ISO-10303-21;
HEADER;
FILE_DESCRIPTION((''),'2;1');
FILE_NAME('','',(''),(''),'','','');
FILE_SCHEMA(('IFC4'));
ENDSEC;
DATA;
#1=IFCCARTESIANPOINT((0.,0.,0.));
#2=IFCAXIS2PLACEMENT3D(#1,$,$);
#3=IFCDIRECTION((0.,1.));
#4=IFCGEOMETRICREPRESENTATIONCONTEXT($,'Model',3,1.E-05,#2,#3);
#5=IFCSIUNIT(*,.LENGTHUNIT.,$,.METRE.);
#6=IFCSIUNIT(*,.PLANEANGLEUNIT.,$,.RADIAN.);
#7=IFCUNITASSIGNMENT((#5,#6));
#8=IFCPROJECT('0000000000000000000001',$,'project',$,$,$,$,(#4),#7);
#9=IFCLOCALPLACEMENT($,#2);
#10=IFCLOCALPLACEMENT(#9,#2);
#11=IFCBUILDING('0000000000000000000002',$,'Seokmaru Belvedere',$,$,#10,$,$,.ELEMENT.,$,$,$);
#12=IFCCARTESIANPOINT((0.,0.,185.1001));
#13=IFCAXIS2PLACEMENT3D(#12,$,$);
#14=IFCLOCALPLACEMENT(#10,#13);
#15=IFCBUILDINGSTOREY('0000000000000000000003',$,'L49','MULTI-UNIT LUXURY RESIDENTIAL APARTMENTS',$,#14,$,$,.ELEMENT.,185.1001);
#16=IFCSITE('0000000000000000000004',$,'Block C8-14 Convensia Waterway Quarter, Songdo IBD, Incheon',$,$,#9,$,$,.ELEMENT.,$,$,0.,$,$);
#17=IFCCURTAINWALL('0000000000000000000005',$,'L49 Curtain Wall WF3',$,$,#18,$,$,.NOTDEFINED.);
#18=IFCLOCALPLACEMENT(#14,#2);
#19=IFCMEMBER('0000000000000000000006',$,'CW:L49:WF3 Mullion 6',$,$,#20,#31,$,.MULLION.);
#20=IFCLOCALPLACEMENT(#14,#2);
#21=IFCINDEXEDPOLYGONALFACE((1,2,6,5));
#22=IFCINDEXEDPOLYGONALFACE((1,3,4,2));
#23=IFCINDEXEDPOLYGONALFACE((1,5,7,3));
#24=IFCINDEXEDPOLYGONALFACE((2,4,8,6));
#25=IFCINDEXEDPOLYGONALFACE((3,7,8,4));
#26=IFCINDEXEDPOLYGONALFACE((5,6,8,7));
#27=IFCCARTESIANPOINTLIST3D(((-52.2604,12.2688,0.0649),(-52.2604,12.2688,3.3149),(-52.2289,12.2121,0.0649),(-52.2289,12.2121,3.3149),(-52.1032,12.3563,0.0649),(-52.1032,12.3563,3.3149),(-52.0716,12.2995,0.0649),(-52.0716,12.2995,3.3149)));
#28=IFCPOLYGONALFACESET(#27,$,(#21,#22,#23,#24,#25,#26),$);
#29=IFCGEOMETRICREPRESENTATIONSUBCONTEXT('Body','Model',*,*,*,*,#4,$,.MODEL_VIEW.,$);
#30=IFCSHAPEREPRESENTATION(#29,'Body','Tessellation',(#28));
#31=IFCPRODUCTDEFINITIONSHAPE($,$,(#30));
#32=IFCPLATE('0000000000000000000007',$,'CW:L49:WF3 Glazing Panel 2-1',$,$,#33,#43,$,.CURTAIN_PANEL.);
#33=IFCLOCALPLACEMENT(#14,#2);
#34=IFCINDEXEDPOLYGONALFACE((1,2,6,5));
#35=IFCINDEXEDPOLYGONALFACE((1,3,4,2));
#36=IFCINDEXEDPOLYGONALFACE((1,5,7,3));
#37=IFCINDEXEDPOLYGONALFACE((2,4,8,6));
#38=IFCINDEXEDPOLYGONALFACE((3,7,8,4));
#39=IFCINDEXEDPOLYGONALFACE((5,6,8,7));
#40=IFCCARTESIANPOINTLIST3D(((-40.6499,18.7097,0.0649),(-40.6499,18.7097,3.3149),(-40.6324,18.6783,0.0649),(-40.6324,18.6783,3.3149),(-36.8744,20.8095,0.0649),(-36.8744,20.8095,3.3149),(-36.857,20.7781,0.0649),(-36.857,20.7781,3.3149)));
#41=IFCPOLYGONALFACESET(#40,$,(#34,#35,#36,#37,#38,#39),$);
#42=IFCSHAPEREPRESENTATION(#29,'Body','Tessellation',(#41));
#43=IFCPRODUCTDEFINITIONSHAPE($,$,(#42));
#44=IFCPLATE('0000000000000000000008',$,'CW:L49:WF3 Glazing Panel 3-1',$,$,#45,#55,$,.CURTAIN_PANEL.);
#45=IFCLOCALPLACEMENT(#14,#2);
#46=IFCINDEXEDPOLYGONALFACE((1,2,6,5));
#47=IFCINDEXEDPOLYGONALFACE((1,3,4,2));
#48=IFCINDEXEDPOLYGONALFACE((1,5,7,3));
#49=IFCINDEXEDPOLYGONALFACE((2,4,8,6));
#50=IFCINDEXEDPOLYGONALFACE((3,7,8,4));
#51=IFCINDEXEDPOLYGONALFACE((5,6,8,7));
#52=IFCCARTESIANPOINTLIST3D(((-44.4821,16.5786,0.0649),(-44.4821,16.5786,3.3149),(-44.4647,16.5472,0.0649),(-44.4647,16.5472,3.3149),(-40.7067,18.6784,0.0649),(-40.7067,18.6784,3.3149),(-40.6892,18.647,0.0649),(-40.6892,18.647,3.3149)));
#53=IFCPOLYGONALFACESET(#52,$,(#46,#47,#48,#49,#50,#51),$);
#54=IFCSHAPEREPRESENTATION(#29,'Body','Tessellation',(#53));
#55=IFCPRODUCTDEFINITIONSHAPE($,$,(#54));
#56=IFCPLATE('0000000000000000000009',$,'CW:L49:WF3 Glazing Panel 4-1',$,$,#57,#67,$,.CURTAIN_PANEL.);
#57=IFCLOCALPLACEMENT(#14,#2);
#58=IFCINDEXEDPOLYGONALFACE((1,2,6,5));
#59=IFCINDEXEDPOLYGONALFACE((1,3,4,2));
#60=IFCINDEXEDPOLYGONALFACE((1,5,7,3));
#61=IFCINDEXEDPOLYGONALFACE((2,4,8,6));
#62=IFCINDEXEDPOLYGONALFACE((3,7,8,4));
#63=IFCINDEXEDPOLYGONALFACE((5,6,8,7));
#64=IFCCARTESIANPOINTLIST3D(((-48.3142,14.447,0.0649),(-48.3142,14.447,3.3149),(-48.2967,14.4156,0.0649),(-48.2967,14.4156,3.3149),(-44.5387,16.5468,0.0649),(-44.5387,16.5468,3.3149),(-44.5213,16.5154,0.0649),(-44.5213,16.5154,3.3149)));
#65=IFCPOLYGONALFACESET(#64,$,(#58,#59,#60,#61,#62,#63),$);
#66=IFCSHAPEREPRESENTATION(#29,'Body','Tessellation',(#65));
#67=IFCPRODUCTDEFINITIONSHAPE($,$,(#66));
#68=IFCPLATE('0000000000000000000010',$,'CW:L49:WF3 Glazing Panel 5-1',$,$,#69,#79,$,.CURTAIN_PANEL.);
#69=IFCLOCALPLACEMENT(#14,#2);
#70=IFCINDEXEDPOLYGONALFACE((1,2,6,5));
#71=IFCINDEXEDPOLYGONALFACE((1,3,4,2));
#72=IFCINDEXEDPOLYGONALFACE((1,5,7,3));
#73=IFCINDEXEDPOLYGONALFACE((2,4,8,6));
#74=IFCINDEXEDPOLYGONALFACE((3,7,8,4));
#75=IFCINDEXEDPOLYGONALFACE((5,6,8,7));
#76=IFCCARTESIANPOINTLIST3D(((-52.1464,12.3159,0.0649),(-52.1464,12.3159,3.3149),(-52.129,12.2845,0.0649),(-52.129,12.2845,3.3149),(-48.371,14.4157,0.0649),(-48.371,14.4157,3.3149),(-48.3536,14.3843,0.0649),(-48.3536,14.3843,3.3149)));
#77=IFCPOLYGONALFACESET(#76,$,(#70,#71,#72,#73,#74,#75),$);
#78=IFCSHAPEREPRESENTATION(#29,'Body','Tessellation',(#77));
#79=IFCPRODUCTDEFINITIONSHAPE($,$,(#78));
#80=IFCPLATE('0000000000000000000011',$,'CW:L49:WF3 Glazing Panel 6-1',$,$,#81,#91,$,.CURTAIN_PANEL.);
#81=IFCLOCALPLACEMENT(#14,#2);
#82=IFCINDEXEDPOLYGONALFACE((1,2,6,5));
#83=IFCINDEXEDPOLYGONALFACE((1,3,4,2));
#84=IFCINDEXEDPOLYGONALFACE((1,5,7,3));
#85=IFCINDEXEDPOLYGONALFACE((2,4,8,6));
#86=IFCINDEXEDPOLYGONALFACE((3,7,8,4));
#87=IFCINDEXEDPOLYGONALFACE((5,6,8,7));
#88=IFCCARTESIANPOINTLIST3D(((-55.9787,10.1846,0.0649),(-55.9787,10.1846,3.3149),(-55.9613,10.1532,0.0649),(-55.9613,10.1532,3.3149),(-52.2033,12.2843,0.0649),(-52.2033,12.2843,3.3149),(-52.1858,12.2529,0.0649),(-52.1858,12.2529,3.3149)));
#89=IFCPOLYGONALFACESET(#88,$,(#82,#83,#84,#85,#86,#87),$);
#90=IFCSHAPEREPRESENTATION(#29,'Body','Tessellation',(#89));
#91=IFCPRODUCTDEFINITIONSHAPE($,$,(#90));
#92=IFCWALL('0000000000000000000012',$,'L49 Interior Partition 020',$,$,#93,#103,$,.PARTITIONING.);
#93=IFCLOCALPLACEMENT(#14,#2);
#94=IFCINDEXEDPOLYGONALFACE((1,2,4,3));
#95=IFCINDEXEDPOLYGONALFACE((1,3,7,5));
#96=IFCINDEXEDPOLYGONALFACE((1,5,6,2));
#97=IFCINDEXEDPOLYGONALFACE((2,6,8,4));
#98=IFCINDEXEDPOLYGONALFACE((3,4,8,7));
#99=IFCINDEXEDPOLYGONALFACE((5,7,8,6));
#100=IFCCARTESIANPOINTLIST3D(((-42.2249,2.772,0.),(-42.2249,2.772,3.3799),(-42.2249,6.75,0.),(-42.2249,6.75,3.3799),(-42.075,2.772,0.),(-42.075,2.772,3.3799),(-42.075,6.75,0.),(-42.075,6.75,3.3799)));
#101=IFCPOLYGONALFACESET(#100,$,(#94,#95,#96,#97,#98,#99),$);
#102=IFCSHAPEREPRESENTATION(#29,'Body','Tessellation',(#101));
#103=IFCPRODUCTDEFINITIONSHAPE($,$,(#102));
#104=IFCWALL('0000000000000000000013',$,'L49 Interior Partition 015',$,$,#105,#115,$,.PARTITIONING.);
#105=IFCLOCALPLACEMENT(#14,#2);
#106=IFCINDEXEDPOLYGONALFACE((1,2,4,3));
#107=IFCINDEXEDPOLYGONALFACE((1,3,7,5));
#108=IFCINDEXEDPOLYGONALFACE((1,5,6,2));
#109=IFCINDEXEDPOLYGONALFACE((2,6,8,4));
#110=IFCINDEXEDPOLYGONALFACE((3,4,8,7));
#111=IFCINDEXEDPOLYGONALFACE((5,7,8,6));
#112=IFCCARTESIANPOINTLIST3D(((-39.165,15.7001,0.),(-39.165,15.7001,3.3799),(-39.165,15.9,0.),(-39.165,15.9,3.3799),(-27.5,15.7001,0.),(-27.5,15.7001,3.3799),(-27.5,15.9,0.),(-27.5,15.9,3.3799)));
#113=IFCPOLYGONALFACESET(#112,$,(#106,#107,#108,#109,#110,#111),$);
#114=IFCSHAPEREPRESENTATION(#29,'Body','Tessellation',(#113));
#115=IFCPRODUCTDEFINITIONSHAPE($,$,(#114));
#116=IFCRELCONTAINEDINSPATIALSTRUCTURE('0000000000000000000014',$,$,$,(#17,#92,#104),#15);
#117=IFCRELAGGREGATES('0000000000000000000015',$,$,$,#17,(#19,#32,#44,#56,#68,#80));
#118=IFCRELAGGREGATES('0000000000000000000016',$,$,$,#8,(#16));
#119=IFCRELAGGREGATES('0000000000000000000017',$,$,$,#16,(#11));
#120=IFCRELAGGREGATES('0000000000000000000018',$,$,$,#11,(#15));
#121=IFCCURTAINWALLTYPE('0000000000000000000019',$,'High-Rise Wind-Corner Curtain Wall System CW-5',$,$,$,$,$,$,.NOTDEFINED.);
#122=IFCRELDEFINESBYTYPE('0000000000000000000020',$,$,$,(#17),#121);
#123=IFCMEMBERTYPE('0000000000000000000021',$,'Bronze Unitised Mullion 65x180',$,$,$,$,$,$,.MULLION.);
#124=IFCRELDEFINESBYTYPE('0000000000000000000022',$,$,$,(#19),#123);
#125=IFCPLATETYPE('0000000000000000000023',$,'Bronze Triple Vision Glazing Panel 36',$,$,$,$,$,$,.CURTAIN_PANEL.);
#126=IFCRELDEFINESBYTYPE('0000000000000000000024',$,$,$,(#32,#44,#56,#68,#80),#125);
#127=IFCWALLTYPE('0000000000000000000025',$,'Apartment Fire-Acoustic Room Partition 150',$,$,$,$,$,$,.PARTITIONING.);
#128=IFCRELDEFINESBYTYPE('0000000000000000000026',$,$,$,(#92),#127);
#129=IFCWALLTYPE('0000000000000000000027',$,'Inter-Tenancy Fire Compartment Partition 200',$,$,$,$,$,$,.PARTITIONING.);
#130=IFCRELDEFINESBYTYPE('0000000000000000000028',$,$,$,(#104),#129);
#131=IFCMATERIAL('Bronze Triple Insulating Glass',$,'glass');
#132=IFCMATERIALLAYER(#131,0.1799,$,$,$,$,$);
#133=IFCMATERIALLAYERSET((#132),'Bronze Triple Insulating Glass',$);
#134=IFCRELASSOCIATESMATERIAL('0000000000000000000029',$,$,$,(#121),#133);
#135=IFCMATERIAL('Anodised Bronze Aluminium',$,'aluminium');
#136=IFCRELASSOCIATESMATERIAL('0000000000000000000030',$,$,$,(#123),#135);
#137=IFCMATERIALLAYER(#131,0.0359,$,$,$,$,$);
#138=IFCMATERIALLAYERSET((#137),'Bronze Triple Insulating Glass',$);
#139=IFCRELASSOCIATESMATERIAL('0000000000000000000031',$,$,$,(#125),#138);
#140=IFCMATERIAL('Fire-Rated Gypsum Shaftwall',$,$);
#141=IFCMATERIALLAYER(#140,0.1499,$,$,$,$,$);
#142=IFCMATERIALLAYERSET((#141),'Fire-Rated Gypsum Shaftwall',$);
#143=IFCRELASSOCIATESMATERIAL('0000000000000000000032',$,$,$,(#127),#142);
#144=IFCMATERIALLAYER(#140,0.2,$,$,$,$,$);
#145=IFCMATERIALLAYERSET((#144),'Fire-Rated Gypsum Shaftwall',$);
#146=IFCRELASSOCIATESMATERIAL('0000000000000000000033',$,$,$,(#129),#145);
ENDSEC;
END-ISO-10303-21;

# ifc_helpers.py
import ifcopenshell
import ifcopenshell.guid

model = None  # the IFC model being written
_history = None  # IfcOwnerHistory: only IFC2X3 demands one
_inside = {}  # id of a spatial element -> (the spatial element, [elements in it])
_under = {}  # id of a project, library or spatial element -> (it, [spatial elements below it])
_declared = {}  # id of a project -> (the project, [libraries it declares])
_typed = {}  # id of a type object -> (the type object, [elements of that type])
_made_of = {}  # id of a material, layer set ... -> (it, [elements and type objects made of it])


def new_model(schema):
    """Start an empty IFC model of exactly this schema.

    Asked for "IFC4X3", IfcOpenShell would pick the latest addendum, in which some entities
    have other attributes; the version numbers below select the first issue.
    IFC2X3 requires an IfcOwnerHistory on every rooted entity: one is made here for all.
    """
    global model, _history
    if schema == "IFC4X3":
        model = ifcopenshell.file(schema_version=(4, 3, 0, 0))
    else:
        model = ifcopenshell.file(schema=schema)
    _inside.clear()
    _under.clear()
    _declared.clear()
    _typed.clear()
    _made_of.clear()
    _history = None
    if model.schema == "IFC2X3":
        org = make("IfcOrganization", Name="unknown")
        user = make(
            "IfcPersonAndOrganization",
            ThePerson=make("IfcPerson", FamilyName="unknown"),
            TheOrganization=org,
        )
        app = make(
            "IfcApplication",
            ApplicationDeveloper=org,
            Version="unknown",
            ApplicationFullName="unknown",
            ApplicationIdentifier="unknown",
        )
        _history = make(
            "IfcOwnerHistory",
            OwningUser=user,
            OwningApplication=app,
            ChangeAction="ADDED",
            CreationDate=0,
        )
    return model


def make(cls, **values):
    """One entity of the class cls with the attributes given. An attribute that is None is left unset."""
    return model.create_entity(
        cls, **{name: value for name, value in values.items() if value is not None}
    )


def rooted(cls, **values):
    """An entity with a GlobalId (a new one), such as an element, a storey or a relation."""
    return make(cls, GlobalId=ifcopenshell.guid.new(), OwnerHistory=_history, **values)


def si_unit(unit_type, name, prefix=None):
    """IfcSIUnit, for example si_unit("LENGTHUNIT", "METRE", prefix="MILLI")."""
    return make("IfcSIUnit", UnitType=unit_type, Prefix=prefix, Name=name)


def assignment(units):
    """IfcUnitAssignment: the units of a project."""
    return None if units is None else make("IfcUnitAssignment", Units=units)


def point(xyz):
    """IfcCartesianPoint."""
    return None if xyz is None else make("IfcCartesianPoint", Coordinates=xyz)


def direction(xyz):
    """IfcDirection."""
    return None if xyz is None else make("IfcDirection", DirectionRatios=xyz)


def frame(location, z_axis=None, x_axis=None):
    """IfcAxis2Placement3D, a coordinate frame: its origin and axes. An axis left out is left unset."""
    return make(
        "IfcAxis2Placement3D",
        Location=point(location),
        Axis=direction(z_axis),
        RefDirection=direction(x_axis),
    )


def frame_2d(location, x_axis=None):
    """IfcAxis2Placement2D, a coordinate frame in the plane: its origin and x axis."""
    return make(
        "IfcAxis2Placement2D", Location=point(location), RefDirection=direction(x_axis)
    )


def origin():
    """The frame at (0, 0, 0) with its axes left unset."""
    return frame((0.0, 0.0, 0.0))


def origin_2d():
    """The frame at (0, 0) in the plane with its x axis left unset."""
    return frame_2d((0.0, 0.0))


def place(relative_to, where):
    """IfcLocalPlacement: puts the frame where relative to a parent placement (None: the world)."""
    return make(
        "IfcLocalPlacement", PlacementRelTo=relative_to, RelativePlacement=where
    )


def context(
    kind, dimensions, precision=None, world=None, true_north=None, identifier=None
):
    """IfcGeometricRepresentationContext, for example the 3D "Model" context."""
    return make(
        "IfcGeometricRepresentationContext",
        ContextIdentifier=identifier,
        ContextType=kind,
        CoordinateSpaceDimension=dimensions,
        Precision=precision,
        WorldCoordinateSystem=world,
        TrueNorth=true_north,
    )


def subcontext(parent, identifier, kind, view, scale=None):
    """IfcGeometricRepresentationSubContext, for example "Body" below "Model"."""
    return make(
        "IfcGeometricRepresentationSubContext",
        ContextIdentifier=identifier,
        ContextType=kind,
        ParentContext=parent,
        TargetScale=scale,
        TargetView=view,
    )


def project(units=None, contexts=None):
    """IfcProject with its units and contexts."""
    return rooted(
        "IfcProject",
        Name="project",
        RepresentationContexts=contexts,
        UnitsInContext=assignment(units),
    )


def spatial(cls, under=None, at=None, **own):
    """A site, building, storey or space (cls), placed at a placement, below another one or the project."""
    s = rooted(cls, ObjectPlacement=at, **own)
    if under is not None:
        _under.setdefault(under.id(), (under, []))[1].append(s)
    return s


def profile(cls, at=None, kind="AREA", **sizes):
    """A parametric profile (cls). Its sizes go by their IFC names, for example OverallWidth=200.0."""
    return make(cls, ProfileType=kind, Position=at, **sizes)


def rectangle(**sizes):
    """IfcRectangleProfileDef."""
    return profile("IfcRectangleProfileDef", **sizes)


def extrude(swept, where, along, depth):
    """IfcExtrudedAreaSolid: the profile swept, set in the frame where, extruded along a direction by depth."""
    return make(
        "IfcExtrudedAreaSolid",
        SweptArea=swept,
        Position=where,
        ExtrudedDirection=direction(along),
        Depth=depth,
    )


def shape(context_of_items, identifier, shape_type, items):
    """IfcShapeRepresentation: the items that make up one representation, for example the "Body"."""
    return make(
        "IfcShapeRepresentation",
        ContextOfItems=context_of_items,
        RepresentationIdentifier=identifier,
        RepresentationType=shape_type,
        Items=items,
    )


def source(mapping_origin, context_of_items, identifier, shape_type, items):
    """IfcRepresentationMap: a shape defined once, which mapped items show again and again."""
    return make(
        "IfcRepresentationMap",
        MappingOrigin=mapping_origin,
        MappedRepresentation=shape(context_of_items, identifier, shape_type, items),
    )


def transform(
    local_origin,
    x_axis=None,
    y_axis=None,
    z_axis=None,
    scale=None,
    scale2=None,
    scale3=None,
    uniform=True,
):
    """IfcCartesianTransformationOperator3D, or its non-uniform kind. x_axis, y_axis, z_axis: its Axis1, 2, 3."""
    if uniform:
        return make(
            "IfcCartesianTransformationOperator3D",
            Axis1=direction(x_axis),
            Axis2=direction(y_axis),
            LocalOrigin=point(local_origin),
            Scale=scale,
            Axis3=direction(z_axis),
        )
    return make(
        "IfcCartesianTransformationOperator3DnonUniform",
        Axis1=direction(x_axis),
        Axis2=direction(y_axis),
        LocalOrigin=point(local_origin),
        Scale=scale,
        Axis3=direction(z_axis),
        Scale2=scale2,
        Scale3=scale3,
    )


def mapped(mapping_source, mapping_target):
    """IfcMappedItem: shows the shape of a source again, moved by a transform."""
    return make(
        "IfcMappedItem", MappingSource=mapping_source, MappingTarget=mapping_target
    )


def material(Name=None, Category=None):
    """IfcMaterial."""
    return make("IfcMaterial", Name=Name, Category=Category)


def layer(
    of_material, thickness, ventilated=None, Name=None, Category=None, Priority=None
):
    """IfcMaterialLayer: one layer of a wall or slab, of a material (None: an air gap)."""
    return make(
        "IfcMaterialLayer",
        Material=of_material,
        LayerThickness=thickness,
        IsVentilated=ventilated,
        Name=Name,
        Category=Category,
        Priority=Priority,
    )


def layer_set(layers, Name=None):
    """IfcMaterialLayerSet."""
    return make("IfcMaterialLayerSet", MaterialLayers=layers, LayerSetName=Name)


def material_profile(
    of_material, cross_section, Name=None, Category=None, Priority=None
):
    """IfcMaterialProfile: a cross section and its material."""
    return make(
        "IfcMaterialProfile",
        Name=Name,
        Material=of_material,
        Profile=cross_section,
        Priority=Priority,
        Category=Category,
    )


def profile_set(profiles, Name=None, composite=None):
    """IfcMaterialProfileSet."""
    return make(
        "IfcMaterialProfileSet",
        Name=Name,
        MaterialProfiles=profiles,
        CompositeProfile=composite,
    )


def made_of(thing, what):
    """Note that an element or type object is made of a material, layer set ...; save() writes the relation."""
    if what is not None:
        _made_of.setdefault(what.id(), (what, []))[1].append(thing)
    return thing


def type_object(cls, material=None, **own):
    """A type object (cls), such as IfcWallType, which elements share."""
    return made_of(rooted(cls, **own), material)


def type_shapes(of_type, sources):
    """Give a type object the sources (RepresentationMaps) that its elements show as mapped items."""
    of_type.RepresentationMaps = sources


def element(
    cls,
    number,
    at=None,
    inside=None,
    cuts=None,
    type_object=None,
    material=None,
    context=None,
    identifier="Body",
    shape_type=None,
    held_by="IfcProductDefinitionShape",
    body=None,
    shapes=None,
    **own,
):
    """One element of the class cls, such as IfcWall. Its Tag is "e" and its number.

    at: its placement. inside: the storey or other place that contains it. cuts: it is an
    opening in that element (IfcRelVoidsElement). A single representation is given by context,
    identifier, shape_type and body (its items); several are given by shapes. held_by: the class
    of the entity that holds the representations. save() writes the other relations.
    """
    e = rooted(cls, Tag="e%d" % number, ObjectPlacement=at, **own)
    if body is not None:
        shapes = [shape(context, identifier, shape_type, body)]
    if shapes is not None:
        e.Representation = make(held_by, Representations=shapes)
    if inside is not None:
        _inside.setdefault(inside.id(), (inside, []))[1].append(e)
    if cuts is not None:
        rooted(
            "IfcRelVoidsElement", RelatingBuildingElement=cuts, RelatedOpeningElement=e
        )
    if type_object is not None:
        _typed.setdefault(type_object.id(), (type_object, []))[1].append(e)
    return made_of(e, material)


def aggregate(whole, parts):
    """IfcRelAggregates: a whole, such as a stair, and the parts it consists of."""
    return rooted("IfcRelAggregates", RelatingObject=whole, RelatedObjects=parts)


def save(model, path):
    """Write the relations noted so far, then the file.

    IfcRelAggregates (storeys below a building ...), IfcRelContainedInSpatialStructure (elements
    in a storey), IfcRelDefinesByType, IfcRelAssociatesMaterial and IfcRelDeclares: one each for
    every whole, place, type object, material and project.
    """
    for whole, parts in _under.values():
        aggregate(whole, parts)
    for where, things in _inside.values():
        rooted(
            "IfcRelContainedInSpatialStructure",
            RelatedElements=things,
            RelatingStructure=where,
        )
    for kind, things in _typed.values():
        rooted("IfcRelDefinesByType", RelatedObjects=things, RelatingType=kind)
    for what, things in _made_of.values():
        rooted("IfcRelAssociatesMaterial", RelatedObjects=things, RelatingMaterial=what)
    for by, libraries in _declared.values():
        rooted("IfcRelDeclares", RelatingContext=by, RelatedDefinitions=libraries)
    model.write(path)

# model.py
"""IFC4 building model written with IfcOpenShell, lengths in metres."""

from ifc_helpers import new_model, si_unit, direction, frame, frame_2d, origin, origin_2d, place, context, subcontext, project, spatial, rectangle, extrude, source, transform, mapped, material, layer, layer_set, material_profile, profile_set, type_object, type_shapes, element, aggregate, save


model = new_model("IFC4")

# Units and contexts
model_context = context("Model", 3, precision=1e-05, world=origin(), true_north=direction((0.0, 1.0)))
body_context = subcontext(model_context, "Body", "Model", "MODEL_VIEW")
ifc_project = project(units=[si_unit("LENGTHUNIT", "METRE"), si_unit("PLANEANGLEUNIT", "RADIAN")], contexts=[model_context])

# Site, building, storey
site_placement = place(None, origin())
site = spatial("IfcSite", under=ifc_project, at=site_placement, Name="Block C8-14 Convensia Waterway Quarter, Songdo IBD, Incheon", CompositionType="ELEMENT", RefElevation=0.0)
building_placement = place(site_placement, origin())
building = spatial("IfcBuilding", under=site, at=building_placement, Name="Seokmaru Belvedere", CompositionType="ELEMENT")
storey_placement = place(building_placement, frame((0.0, 0.0, 185.1001)))
storey = spatial("IfcBuildingStorey", under=building, at=storey_placement, Name="L49", Description="MULTI-UNIT LUXURY RESIDENTIAL APARTMENTS", CompositionType="ELEMENT", Elevation=185.1001)

# Curtain wall, member, plates
ifc_material_1 = material(Name="Bronze Triple Insulating Glass", Category="glass")
ifc_layer_1 = layer(ifc_material_1, 0.1799)
ifc_layer_set_1 = layer_set([ifc_layer_1], Name="Bronze Triple Insulating Glass")
curtain_wall_type = type_object("IfcCurtainWallType", Name="High-Rise Wind-Corner Curtain Wall System CW-5", PredefinedType="NOTDEFINED", material=ifc_layer_set_1)
curtain_wall_placement = place(storey_placement, origin())
curtain_wall = element("IfcCurtainWall", 1, at=curtain_wall_placement, inside=storey, type_object=curtain_wall_type, Name="L49 Curtain Wall WF3", PredefinedType="NOTDEFINED")
ifc_material_2 = material(Name="Anodised Bronze Aluminium", Category="aluminium")
ifc_material_profile_1 = material_profile(ifc_material_2, rectangle(XDim=0.0649, YDim=0.1799, at=origin_2d()), Name="CW-M-65x180")
ifc_profile_set_1 = profile_set([ifc_material_profile_1], Name="Anodised Bronze Aluminium")
member_type = type_object("IfcMemberType", Name="Bronze Unitised Mullion 65x180", PredefinedType="MULLION", material=ifc_profile_set_1)
shared_shape_1 = source(origin(), body_context, "Body", "SweptSolid", [
    extrude(rectangle(XDim=0.0649, YDim=0.1799, at=origin_2d()), origin(), (0.0, 0.0, 1.0), 3.25),
])
type_shapes(member_type, [shared_shape_1])
member_1_placement = place(storey_placement, frame((-52.166, 12.2842, 0.0649), z_axis=(0.0, 0.0, 1.0), x_axis=(0.486047, -0.873933, 0.0)))
member_1 = element("IfcMember", 2, at=member_1_placement, type_object=member_type, Name="CW:L49:WF3 Mullion 6", PredefinedType="MULLION", context=body_context, shape_type="MappedRepresentation", body=[
    mapped(shared_shape_1, transform((0.0, 0.0, 0.0), scale=1.0)),
])
ifc_layer_2 = layer(ifc_material_1, 0.0359)
ifc_layer_set_2 = layer_set([ifc_layer_2], Name="Bronze Triple Insulating Glass")
plate_type = type_object("IfcPlateType", Name="Bronze Triple Vision Glazing Panel 36", PredefinedType="CURTAIN_PANEL", material=ifc_layer_set_2)
shared_shape_2 = source(origin(), body_context, "Body", "SweptSolid", [
    extrude(rectangle(XDim=4.3201, YDim=0.0359, at=origin_2d()), origin(), (0.0, 0.0, 1.0), 3.25),
])
type_shapes(plate_type, [shared_shape_2])
plate_1_placement = place(storey_placement, frame((-38.7534, 19.7439, 0.0649), z_axis=(0.0, 0.0, 1.0), x_axis=(-0.873933, -0.486047, 0.0)))
plate_1 = element("IfcPlate", 3, at=plate_1_placement, type_object=plate_type, Name="CW:L49:WF3 Glazing Panel 2-1", PredefinedType="CURTAIN_PANEL", context=body_context, shape_type="MappedRepresentation", body=[
    mapped(shared_shape_2, transform((0.0, 0.0, 0.0), scale=1.0)),
])
plate_2_placement = place(storey_placement, frame((-42.5857, 17.6128, 0.0649), z_axis=(0.0, 0.0, 1.0), x_axis=(-0.873933, -0.486047, 0.0)))
plate_2 = element("IfcPlate", 4, at=plate_2_placement, type_object=plate_type, Name="CW:L49:WF3 Glazing Panel 3-1", PredefinedType="CURTAIN_PANEL", context=body_context, shape_type="MappedRepresentation", body=[
    mapped(shared_shape_2, transform((0.0, 0.0, 0.0), scale=1.0)),
])
plate_3_placement = place(storey_placement, frame((-46.4177, 15.4812, 0.0649), z_axis=(0.0, 0.0, 1.0), x_axis=(-0.873933, -0.486047, 0.0)))
plate_3 = element("IfcPlate", 5, at=plate_3_placement, type_object=plate_type, Name="CW:L49:WF3 Glazing Panel 4-1", PredefinedType="CURTAIN_PANEL", context=body_context, shape_type="MappedRepresentation", body=[
    mapped(shared_shape_2, transform((0.0, 0.0, 0.0), scale=1.0)),
])
plate_4_placement = place(storey_placement, frame((-50.25, 13.3501, 0.0649), z_axis=(0.0, 0.0, 1.0), x_axis=(-0.873933, -0.486047, 0.0)))
plate_4 = element("IfcPlate", 6, at=plate_4_placement, type_object=plate_type, Name="CW:L49:WF3 Glazing Panel 5-1", PredefinedType="CURTAIN_PANEL", context=body_context, shape_type="MappedRepresentation", body=[
    mapped(shared_shape_2, transform((0.0, 0.0, 0.0), scale=1.0)),
])
plate_5_placement = place(storey_placement, frame((-54.0823, 11.2188, 0.0649), z_axis=(0.0, 0.0, 1.0), x_axis=(-0.873933, -0.486047, 0.0)))
plate_5 = element("IfcPlate", 7, at=plate_5_placement, type_object=plate_type, Name="CW:L49:WF3 Glazing Panel 6-1", PredefinedType="CURTAIN_PANEL", context=body_context, shape_type="MappedRepresentation", body=[
    mapped(shared_shape_2, transform((0.0, 0.0, 0.0), scale=1.0)),
])
aggregate(curtain_wall, [member_1, plate_1, plate_2, plate_3, plate_4, plate_5])

# Shared definitions
ifc_material_3 = material(Name="Fire-Rated Gypsum Shaftwall")
ifc_layer_3 = layer(ifc_material_3, 0.1499)
ifc_layer_set_3 = layer_set([ifc_layer_3], Name="Fire-Rated Gypsum Shaftwall")
wall_type_1 = type_object("IfcWallType", Name="Apartment Fire-Acoustic Room Partition 150", PredefinedType="PARTITIONING", material=ifc_layer_set_3)

# Walls
wall_1_placement = place(storey_placement, frame((-42.1499, 2.772, 0.0), z_axis=(0.0, 0.0, 1.0), x_axis=(0.0, 1.0, 0.0)))
element("IfcWall", 8, at=wall_1_placement, inside=storey, type_object=wall_type_1, Name="L49 Interior Partition 020", PredefinedType="PARTITIONING", context=body_context, shape_type="SweptSolid", body=[
    extrude(rectangle(XDim=3.978, YDim=0.1499, at=frame_2d((1.989, 0.0))), origin(), (0.0, 0.0, 1.0), 3.3799),
])
ifc_layer_4 = layer(ifc_material_3, 0.2)
ifc_layer_set_4 = layer_set([ifc_layer_4], Name="Fire-Rated Gypsum Shaftwall")
wall_type_2 = type_object("IfcWallType", Name="Inter-Tenancy Fire Compartment Partition 200", PredefinedType="PARTITIONING", material=ifc_layer_set_4)
wall_2_placement = place(storey_placement, frame((-39.165, 15.8, 0.0), z_axis=(0.0, 0.0, 1.0), x_axis=(1.0, 0.0, 0.0)))
element("IfcWall", 9, at=wall_2_placement, inside=storey, type_object=wall_type_2, Name="L49 Interior Partition 015", PredefinedType="PARTITIONING", context=body_context, shape_type="SweptSolid", body=[
    extrude(rectangle(XDim=11.665, YDim=0.2, at=frame_2d((5.8325, 0.0))), origin(), (0.0, 0.0, 1.0), 3.3799),
])

save(model, "model.ifc")
